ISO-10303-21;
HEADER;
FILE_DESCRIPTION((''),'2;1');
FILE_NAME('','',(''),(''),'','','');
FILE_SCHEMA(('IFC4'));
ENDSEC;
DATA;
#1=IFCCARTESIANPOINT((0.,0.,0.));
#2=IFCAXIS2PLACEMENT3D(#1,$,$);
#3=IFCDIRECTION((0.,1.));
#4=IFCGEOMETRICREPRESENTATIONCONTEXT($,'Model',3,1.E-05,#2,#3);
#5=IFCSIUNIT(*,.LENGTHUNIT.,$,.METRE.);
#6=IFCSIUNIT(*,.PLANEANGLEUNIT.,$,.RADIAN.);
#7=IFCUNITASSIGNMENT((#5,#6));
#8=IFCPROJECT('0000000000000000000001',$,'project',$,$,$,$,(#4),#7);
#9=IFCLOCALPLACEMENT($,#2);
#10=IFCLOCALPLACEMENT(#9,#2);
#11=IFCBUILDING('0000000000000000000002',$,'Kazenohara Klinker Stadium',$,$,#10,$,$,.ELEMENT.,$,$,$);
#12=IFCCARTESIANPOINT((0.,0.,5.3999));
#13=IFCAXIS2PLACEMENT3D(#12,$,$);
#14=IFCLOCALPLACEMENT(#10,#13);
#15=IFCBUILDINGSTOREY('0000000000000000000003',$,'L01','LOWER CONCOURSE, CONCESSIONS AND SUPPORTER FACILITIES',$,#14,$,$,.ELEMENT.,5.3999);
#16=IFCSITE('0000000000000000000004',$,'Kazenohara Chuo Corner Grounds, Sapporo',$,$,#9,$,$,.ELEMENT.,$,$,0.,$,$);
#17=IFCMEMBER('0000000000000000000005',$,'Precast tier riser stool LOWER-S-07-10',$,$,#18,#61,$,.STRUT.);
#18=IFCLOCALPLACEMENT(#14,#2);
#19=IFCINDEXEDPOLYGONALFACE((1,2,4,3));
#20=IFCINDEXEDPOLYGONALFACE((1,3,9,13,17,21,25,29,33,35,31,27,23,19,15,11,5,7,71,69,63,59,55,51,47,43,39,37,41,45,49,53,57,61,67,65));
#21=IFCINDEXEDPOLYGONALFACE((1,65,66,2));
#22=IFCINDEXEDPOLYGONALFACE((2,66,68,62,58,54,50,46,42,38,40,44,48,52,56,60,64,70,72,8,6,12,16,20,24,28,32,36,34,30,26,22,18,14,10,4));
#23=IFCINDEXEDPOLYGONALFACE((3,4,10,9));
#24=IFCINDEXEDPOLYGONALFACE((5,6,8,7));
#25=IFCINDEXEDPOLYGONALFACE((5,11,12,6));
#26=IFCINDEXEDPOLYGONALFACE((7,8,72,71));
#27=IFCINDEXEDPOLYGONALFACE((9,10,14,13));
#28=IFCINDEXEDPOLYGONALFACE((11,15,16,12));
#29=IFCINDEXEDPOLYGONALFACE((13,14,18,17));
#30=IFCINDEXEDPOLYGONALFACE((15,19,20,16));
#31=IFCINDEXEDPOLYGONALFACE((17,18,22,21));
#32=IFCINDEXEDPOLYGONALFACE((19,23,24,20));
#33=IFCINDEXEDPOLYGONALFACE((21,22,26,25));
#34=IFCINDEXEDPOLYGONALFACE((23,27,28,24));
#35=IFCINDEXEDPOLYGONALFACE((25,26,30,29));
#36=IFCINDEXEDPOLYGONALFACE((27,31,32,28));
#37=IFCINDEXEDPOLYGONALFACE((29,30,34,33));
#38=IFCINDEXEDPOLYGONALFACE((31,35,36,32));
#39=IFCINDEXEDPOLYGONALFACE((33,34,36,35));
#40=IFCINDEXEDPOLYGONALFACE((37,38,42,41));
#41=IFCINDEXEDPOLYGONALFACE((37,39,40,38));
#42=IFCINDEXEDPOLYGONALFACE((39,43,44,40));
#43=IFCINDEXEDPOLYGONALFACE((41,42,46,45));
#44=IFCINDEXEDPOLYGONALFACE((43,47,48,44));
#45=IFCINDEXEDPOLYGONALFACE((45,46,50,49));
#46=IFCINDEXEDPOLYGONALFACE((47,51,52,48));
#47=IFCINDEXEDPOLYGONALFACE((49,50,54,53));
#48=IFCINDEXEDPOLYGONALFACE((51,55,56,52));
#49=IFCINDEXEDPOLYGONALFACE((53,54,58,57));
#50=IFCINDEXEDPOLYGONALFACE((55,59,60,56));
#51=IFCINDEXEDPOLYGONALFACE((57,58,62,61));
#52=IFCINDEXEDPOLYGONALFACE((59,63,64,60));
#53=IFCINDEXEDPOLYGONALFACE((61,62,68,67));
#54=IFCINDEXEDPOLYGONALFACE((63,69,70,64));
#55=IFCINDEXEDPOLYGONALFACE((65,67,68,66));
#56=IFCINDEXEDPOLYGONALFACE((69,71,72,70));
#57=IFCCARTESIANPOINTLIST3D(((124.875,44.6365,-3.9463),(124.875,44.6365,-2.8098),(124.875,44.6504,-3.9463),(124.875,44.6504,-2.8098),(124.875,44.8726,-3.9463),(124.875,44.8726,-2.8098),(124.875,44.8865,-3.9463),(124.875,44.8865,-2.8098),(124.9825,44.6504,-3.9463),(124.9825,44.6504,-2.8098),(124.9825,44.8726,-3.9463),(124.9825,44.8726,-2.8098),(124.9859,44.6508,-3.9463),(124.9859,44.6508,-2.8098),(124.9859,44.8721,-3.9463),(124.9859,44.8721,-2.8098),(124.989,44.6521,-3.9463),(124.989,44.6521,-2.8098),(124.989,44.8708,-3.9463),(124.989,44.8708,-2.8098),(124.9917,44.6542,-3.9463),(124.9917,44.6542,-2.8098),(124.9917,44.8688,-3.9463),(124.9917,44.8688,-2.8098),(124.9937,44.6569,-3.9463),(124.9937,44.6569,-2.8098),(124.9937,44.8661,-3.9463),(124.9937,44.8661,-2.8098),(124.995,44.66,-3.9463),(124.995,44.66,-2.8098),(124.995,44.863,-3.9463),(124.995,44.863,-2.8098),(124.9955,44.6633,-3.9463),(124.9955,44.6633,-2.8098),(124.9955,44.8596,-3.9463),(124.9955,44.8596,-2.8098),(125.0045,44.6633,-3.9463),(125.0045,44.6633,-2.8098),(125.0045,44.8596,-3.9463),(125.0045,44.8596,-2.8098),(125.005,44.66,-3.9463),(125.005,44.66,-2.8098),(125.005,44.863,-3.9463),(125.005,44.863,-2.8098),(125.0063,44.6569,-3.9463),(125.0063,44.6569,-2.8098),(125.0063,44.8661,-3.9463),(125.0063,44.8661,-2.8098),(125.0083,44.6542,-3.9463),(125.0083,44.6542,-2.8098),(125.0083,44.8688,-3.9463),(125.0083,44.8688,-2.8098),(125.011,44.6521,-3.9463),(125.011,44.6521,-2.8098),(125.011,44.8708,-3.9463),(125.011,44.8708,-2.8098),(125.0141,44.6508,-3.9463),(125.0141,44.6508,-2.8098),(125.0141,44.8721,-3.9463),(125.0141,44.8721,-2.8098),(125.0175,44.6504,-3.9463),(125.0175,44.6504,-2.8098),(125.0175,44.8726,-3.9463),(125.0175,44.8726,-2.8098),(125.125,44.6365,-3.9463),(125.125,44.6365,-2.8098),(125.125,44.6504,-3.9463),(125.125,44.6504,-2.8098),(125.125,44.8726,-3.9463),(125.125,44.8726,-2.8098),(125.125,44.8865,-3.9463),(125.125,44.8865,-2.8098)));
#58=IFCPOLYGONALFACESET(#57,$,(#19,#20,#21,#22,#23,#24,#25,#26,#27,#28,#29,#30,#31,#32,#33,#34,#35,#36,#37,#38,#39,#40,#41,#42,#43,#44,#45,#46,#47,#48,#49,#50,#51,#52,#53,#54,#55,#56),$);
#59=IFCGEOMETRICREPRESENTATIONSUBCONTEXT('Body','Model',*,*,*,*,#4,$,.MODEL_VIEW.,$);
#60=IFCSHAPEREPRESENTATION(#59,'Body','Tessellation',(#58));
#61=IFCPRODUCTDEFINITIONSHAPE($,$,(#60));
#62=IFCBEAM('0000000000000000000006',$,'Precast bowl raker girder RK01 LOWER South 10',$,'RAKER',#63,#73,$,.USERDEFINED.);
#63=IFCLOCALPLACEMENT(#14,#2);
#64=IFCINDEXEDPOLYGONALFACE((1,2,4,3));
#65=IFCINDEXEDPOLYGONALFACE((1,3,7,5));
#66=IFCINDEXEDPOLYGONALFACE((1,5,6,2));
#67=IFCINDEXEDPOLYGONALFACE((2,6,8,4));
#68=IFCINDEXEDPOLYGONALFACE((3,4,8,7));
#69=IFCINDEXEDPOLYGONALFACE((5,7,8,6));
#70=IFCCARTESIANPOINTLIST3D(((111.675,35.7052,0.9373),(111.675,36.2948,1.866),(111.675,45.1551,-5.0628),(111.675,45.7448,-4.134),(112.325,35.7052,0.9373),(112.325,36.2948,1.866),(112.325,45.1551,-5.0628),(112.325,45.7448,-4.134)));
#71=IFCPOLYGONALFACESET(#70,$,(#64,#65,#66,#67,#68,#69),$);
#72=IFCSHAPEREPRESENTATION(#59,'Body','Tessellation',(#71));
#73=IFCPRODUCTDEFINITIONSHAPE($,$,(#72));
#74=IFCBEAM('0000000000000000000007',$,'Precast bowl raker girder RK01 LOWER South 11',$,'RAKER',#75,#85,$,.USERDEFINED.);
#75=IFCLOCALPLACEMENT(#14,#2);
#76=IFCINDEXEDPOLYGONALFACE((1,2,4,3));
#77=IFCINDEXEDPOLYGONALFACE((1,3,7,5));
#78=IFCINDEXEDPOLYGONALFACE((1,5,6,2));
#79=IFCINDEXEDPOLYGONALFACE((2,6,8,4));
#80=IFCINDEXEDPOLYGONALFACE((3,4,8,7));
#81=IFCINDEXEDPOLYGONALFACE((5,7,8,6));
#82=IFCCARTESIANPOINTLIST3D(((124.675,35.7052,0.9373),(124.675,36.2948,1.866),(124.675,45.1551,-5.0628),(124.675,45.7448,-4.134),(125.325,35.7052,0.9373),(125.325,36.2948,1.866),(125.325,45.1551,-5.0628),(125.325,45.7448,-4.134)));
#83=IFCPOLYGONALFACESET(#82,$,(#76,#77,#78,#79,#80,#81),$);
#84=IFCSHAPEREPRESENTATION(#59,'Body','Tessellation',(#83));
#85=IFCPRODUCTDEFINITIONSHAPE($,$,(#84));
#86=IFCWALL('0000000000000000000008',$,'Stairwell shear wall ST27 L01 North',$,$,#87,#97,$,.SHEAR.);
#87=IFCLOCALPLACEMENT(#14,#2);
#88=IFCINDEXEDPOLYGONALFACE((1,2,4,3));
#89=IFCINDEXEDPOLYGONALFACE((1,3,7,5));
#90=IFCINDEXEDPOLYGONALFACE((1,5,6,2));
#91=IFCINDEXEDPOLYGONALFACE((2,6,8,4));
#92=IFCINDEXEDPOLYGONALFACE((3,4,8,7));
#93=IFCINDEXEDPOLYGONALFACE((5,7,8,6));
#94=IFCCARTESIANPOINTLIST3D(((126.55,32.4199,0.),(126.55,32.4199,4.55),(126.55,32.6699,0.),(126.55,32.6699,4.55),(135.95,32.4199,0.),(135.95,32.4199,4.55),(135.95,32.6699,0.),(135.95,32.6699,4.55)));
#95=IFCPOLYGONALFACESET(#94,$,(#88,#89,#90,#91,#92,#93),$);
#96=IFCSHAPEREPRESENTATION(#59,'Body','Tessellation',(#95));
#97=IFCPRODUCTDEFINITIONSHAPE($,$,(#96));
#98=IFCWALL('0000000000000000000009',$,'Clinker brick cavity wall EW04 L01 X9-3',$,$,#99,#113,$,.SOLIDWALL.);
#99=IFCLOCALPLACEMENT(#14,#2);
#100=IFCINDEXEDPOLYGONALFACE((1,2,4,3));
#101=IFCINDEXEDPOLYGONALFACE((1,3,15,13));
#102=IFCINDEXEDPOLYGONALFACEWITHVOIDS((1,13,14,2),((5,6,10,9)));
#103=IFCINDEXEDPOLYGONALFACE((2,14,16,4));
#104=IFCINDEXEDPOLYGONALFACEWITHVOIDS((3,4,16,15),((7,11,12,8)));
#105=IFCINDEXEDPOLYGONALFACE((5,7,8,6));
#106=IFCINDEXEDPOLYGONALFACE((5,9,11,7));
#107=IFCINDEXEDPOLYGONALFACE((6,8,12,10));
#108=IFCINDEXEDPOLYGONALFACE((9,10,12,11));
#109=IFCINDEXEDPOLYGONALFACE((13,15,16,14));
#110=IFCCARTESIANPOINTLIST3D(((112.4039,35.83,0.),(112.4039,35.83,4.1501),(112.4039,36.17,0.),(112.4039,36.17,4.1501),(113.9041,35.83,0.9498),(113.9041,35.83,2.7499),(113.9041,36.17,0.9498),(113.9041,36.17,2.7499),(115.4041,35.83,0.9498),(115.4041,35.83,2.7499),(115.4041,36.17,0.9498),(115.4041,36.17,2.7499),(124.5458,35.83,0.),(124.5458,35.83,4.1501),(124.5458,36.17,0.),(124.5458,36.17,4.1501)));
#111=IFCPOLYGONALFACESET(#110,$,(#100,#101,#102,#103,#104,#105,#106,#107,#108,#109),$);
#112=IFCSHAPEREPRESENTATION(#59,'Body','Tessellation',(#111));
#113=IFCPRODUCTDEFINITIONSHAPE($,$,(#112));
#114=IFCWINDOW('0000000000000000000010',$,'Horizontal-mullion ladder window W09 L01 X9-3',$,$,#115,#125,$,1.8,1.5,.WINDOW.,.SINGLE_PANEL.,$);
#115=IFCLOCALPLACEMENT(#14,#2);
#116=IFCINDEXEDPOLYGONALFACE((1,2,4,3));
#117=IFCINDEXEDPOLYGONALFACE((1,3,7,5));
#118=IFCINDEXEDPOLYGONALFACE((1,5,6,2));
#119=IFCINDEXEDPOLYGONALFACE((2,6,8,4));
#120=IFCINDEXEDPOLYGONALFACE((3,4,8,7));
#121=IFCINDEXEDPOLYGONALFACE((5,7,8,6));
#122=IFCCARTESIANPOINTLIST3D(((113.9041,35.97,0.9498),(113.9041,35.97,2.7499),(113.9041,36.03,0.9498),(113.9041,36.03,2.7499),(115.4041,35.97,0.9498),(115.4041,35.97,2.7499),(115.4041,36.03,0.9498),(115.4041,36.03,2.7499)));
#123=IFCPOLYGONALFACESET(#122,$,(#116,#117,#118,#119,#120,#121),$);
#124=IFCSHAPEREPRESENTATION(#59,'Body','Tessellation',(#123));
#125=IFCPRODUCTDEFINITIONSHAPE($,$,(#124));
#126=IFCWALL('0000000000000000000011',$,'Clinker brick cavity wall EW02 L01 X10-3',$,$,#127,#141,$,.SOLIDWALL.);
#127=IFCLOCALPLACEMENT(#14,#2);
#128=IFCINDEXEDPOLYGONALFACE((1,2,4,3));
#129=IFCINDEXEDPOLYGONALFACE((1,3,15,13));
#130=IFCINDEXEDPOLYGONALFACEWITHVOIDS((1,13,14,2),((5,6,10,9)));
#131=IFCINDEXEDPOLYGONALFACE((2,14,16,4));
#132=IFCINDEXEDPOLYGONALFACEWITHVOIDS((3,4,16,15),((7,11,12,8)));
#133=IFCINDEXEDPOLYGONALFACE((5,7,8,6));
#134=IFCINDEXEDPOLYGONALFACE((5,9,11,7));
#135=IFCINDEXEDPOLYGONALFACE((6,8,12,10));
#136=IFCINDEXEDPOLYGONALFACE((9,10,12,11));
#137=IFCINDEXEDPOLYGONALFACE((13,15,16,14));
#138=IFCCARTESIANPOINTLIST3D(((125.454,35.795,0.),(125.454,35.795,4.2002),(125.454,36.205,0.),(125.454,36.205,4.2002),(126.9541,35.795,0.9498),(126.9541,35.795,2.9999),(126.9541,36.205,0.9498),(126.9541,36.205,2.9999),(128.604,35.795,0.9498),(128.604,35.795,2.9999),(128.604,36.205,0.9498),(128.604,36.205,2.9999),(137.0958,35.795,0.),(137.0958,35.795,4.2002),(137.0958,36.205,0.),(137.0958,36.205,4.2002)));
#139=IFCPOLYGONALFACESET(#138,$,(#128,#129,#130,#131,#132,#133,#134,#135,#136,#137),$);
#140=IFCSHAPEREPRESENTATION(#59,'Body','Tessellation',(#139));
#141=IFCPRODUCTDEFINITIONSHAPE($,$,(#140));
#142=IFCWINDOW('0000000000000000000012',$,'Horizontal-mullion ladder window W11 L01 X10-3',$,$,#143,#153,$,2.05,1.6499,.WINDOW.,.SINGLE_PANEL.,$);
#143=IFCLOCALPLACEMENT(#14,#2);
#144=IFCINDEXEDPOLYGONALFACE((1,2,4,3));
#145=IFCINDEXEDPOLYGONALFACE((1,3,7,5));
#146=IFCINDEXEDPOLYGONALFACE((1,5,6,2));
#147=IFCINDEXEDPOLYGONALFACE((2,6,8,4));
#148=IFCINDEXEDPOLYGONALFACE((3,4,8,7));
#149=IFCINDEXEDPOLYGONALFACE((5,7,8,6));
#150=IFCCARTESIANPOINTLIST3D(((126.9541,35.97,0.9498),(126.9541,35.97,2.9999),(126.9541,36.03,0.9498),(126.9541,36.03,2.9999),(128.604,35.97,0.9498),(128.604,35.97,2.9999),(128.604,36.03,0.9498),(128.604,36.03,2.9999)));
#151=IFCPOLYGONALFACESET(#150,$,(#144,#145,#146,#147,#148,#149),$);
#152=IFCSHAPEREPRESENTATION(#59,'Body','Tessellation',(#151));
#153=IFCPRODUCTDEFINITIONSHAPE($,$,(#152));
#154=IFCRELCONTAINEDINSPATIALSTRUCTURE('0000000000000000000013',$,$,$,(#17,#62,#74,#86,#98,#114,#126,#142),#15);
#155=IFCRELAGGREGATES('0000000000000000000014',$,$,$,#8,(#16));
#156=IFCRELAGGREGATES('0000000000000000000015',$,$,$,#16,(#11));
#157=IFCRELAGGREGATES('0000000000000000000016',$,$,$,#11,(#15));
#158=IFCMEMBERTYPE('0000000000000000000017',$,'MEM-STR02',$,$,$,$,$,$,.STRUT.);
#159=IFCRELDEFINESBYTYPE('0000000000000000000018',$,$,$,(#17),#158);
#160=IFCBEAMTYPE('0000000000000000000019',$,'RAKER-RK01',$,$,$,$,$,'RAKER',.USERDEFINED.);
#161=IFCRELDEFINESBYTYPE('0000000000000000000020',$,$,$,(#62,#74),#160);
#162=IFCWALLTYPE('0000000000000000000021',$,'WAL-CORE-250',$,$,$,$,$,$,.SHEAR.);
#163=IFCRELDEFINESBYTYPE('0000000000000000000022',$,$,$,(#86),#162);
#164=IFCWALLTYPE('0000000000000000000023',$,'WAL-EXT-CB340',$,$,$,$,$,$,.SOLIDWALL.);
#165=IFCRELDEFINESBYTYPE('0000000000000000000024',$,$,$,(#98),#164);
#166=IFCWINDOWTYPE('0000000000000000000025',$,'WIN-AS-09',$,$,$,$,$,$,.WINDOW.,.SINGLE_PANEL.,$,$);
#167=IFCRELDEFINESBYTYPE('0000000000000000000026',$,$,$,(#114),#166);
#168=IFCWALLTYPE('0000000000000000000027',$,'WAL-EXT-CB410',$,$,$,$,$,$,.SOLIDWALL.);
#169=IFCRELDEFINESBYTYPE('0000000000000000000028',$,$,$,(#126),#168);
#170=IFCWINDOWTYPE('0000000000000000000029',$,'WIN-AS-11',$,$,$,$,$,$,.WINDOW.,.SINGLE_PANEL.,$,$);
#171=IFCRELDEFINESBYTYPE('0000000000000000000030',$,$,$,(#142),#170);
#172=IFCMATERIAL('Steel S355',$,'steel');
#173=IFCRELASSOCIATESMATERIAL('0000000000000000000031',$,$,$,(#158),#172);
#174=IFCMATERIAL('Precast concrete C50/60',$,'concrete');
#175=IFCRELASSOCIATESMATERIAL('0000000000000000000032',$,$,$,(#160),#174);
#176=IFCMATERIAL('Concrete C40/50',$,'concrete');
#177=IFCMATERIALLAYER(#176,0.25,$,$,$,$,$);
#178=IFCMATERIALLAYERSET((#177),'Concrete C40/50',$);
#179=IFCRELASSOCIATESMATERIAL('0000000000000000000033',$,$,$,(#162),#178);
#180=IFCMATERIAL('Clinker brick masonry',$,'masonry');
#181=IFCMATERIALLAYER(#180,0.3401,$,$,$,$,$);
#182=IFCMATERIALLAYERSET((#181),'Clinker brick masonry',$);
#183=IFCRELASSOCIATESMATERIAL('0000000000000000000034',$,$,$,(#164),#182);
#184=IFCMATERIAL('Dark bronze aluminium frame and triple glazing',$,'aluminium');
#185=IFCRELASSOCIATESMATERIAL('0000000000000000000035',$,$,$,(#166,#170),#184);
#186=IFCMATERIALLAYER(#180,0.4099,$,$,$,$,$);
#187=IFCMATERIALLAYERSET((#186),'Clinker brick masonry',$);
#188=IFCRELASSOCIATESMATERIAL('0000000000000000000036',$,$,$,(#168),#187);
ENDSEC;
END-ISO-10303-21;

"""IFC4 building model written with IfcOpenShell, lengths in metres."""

from ifc_helpers import new_model, si_unit, direction, frame, frame_2d, origin, origin_2d, place, context, subcontext, project, spatial, rectangle, i_section, extrude, material, layer, layer_set, material_profile, profile_set, type_object, element, fill, save


model = new_model("IFC4")

# Units and contexts
model_context = context("Model", 3, precision=1e-05, world=origin(), true_north=direction((0.0, 1.0)))
body_context = subcontext(model_context, "Body", "Model", "MODEL_VIEW")
ifc_project = project(units=[si_unit("LENGTHUNIT", "METRE"), si_unit("PLANEANGLEUNIT", "RADIAN")], contexts=[model_context])

# Site, building, storey
site_placement = place(None, origin())
site = spatial("IfcSite", under=ifc_project, at=site_placement, Name="Kazenohara Chuo Corner Grounds, Sapporo", CompositionType="ELEMENT", RefElevation=0.0)
building_placement = place(site_placement, origin())
building = spatial("IfcBuilding", under=site, at=building_placement, Name="Kazenohara Klinker Stadium", CompositionType="ELEMENT")
storey_placement = place(building_placement, frame((0.0, 0.0, 5.3999)))
storey = spatial("IfcBuildingStorey", under=building, at=storey_placement, Name="L01", Description="LOWER CONCOURSE, CONCESSIONS AND SUPPORTER FACILITIES", CompositionType="ELEMENT", Elevation=5.3999)

# Shared definitions
ifc_material_1 = material(Name="Concrete C40/50", Category="concrete")

# Shared definitions
ifc_material_2 = material(Name="Steel S355", Category="steel")

# Member
ifc_material_profile_1 = material_profile(ifc_material_2, i_section(OverallWidth=0.25, OverallDepth=0.25, WebThickness=0.009, FlangeThickness=0.0139, FilletRadius=0.0129, at=origin_2d()), Name="H-250x250x9x14")
ifc_profile_set_1 = profile_set([ifc_material_profile_1], Name="Steel S355")
member_type = type_object("IfcMemberType", Name="MEM-STR02", PredefinedType="STRUT", material=ifc_profile_set_1)
member_1_placement = place(storey_placement, frame((125.0, 44.7615, -3.9463), z_axis=(0.0, 0.0, 1.0), x_axis=(1.0, 0.0, 0.0)))
element("IfcMember", 1, at=member_1_placement, inside=storey, type_object=member_type, Name="Precast tier riser stool LOWER-S-07-10", PredefinedType="STRUT", context=body_context, shape_type="SweptSolid", body=[
    extrude(i_section(OverallWidth=0.25, OverallDepth=0.25, WebThickness=0.009, FlangeThickness=0.0139, FilletRadius=0.0129, at=origin_2d()), origin(), (0.0, 0.0, 1.0), 1.1365),
])

# Beams
ifc_material_3 = material(Name="Precast concrete C50/60", Category="concrete")
ifc_material_profile_2 = material_profile(ifc_material_3, rectangle(XDim=0.6499, YDim=1.1001, at=origin_2d()), Name="PC-RAKER-650x1100")
ifc_profile_set_2 = profile_set([ifc_material_profile_2], Name="Precast concrete C50/60")
beam_type_1 = type_object("IfcBeamType", Name="RAKER-RK01", ElementType="RAKER", PredefinedType="USERDEFINED", material=ifc_profile_set_2)
for number, where, z_axis, x_axis, name in (
    (2, (112.0, 36.0, 1.4016), (0.0, 0.844212, -0.53601), (-1.0, 0.0, 0.0), "Precast bowl raker girder RK01 LOWER South 10"),
    (3, (125.0, 36.0, 1.4016), (0.0, 0.844212, -0.53601), (-1.0, 0.0, 0.0), "Precast bowl raker girder RK01 LOWER South 11"),
):
    element("IfcBeam", number, at=place(storey_placement, frame(where, z_axis=z_axis, x_axis=x_axis)), inside=storey, type_object=beam_type_1, Name=name, ObjectType="RAKER", PredefinedType="USERDEFINED", context=body_context, shape_type="SweptSolid", body=[
        extrude(rectangle(XDim=0.6499, YDim=1.1001, at=origin_2d()), origin(), (0.0, 0.0, 1.0), 11.1938),
    ])

# Wall
ifc_layer_1 = layer(ifc_material_1, 0.25)
ifc_layer_set_1 = layer_set([ifc_layer_1], Name="Concrete C40/50")
wall_type_1 = type_object("IfcWallType", Name="WAL-CORE-250", PredefinedType="SHEAR", material=ifc_layer_set_1)
wall_1_placement = place(storey_placement, frame((126.55, 32.5449, 0.0), z_axis=(0.0, 0.0, 1.0), x_axis=(1.0, 0.0, 0.0)))
element("IfcWall", 4, at=wall_1_placement, inside=storey, type_object=wall_type_1, Name="Stairwell shear wall ST27 L01 North", PredefinedType="SHEAR", context=body_context, shape_type="SweptSolid", body=[
    extrude(rectangle(XDim=9.3999, YDim=0.25, at=frame_2d((4.7, 0.0))), origin(), (0.0, 0.0, 1.0), 4.55),
])

# Walls, openings, windows
ifc_material_4 = material(Name="Clinker brick masonry", Category="masonry")
ifc_layer_2 = layer(ifc_material_4, 0.3401)
ifc_layer_set_2 = layer_set([ifc_layer_2], Name="Clinker brick masonry")
wall_type_2 = type_object("IfcWallType", Name="WAL-EXT-CB340", PredefinedType="SOLIDWALL", material=ifc_layer_set_2)
wall_2_placement = place(storey_placement, frame((112.4041, 36.0, 0.0), z_axis=(0.0, 0.0, 1.0), x_axis=(1.0, 0.0, 0.0)))
wall_2 = element("IfcWall", 5, at=wall_2_placement, inside=storey, type_object=wall_type_2, Name="Clinker brick cavity wall EW04 L01 X9-3", PredefinedType="SOLIDWALL", context=body_context, shape_type="SweptSolid", body=[
    extrude(rectangle(XDim=12.1418, YDim=0.3401, at=frame_2d((6.0708, 0.0))), origin(), (0.0, 0.0, 1.0), 4.1501),
])
opening_1_placement = place(wall_2_placement, frame((1.5, 0.0, 0.95)))
opening_1 = element("IfcOpeningElement", 6, at=opening_1_placement, cuts=wall_2, PredefinedType="OPENING", context=body_context, shape_type="SweptSolid", body=[
    extrude(rectangle(XDim=1.5, YDim=1.8, at=frame_2d((0.75, 0.8999))), frame((0.0, 0.1802, 0.0), z_axis=(0.0, -1.0, 0.0), x_axis=(1.0, 0.0, 0.0)), (0.0, 0.0, 1.0), 0.3601),
])
ifc_material_5 = material(Name="Dark bronze aluminium frame and triple glazing", Category="aluminium")
window_type_1 = type_object("IfcWindowType", Name="WIN-AS-09", PartitioningType="SINGLE_PANEL", PredefinedType="WINDOW", material=ifc_material_5)
window_1_placement = place(opening_1_placement, origin())
window_1 = element("IfcWindow", 7, at=window_1_placement, inside=storey, type_object=window_type_1, Name="Horizontal-mullion ladder window W09 L01 X9-3", OverallHeight=1.8, OverallWidth=1.5, PartitioningType="SINGLE_PANEL", PredefinedType="WINDOW", context=body_context, shape_type="SweptSolid", body=[
    extrude(rectangle(XDim=1.5, YDim=1.8, at=frame_2d((0.75, 0.8999))), frame((0.0, 0.03, 0.0), z_axis=(0.0, -1.0, 0.0), x_axis=(1.0, 0.0, 0.0)), (0.0, 0.0, 1.0), 0.0601),
])
fill(opening_1, window_1)
ifc_layer_3 = layer(ifc_material_4, 0.4099)
ifc_layer_set_3 = layer_set([ifc_layer_3], Name="Clinker brick masonry")
wall_type_3 = type_object("IfcWallType", Name="WAL-EXT-CB410", PredefinedType="SOLIDWALL", material=ifc_layer_set_3)
wall_3_placement = place(storey_placement, frame((125.4541, 36.0, 0.0), z_axis=(0.0, 0.0, 1.0), x_axis=(1.0, 0.0, 0.0)))
wall_3 = element("IfcWall", 8, at=wall_3_placement, inside=storey, type_object=wall_type_3, Name="Clinker brick cavity wall EW02 L01 X10-3", PredefinedType="SOLIDWALL", context=body_context, shape_type="SweptSolid", body=[
    extrude(rectangle(XDim=11.6418, YDim=0.4099, at=frame_2d((5.8208, 0.0))), origin(), (0.0, 0.0, 1.0), 4.2002),
])
opening_2_placement = place(wall_3_placement, frame((1.5, 0.0, 0.95)))
opening_2 = element("IfcOpeningElement", 9, at=opening_2_placement, cuts=wall_3, PredefinedType="OPENING", context=body_context, shape_type="SweptSolid", body=[
    extrude(rectangle(XDim=1.6499, YDim=2.05, at=frame_2d((0.825, 1.0249))), frame((0.0, 0.2148, 0.0), z_axis=(0.0, -1.0, 0.0), x_axis=(1.0, 0.0, 0.0)), (0.0, 0.0, 1.0), 0.4299),
])
window_type_2 = type_object("IfcWindowType", Name="WIN-AS-11", PartitioningType="SINGLE_PANEL", PredefinedType="WINDOW", material=ifc_material_5)
window_2_placement = place(opening_2_placement, origin())
window_2 = element("IfcWindow", 10, at=window_2_placement, inside=storey, type_object=window_type_2, Name="Horizontal-mullion ladder window W11 L01 X10-3", OverallHeight=2.05, OverallWidth=1.6499, PartitioningType="SINGLE_PANEL", PredefinedType="WINDOW", context=body_context, shape_type="SweptSolid", body=[
    extrude(rectangle(XDim=1.6499, YDim=2.05, at=frame_2d((0.825, 1.0249))), frame((0.0, 0.03, 0.0), z_axis=(0.0, -1.0, 0.0), x_axis=(1.0, 0.0, 0.0)), (0.0, 0.0, 1.0), 0.0601),
])
fill(opening_2, window_2)

save(model, "model.ifc")
